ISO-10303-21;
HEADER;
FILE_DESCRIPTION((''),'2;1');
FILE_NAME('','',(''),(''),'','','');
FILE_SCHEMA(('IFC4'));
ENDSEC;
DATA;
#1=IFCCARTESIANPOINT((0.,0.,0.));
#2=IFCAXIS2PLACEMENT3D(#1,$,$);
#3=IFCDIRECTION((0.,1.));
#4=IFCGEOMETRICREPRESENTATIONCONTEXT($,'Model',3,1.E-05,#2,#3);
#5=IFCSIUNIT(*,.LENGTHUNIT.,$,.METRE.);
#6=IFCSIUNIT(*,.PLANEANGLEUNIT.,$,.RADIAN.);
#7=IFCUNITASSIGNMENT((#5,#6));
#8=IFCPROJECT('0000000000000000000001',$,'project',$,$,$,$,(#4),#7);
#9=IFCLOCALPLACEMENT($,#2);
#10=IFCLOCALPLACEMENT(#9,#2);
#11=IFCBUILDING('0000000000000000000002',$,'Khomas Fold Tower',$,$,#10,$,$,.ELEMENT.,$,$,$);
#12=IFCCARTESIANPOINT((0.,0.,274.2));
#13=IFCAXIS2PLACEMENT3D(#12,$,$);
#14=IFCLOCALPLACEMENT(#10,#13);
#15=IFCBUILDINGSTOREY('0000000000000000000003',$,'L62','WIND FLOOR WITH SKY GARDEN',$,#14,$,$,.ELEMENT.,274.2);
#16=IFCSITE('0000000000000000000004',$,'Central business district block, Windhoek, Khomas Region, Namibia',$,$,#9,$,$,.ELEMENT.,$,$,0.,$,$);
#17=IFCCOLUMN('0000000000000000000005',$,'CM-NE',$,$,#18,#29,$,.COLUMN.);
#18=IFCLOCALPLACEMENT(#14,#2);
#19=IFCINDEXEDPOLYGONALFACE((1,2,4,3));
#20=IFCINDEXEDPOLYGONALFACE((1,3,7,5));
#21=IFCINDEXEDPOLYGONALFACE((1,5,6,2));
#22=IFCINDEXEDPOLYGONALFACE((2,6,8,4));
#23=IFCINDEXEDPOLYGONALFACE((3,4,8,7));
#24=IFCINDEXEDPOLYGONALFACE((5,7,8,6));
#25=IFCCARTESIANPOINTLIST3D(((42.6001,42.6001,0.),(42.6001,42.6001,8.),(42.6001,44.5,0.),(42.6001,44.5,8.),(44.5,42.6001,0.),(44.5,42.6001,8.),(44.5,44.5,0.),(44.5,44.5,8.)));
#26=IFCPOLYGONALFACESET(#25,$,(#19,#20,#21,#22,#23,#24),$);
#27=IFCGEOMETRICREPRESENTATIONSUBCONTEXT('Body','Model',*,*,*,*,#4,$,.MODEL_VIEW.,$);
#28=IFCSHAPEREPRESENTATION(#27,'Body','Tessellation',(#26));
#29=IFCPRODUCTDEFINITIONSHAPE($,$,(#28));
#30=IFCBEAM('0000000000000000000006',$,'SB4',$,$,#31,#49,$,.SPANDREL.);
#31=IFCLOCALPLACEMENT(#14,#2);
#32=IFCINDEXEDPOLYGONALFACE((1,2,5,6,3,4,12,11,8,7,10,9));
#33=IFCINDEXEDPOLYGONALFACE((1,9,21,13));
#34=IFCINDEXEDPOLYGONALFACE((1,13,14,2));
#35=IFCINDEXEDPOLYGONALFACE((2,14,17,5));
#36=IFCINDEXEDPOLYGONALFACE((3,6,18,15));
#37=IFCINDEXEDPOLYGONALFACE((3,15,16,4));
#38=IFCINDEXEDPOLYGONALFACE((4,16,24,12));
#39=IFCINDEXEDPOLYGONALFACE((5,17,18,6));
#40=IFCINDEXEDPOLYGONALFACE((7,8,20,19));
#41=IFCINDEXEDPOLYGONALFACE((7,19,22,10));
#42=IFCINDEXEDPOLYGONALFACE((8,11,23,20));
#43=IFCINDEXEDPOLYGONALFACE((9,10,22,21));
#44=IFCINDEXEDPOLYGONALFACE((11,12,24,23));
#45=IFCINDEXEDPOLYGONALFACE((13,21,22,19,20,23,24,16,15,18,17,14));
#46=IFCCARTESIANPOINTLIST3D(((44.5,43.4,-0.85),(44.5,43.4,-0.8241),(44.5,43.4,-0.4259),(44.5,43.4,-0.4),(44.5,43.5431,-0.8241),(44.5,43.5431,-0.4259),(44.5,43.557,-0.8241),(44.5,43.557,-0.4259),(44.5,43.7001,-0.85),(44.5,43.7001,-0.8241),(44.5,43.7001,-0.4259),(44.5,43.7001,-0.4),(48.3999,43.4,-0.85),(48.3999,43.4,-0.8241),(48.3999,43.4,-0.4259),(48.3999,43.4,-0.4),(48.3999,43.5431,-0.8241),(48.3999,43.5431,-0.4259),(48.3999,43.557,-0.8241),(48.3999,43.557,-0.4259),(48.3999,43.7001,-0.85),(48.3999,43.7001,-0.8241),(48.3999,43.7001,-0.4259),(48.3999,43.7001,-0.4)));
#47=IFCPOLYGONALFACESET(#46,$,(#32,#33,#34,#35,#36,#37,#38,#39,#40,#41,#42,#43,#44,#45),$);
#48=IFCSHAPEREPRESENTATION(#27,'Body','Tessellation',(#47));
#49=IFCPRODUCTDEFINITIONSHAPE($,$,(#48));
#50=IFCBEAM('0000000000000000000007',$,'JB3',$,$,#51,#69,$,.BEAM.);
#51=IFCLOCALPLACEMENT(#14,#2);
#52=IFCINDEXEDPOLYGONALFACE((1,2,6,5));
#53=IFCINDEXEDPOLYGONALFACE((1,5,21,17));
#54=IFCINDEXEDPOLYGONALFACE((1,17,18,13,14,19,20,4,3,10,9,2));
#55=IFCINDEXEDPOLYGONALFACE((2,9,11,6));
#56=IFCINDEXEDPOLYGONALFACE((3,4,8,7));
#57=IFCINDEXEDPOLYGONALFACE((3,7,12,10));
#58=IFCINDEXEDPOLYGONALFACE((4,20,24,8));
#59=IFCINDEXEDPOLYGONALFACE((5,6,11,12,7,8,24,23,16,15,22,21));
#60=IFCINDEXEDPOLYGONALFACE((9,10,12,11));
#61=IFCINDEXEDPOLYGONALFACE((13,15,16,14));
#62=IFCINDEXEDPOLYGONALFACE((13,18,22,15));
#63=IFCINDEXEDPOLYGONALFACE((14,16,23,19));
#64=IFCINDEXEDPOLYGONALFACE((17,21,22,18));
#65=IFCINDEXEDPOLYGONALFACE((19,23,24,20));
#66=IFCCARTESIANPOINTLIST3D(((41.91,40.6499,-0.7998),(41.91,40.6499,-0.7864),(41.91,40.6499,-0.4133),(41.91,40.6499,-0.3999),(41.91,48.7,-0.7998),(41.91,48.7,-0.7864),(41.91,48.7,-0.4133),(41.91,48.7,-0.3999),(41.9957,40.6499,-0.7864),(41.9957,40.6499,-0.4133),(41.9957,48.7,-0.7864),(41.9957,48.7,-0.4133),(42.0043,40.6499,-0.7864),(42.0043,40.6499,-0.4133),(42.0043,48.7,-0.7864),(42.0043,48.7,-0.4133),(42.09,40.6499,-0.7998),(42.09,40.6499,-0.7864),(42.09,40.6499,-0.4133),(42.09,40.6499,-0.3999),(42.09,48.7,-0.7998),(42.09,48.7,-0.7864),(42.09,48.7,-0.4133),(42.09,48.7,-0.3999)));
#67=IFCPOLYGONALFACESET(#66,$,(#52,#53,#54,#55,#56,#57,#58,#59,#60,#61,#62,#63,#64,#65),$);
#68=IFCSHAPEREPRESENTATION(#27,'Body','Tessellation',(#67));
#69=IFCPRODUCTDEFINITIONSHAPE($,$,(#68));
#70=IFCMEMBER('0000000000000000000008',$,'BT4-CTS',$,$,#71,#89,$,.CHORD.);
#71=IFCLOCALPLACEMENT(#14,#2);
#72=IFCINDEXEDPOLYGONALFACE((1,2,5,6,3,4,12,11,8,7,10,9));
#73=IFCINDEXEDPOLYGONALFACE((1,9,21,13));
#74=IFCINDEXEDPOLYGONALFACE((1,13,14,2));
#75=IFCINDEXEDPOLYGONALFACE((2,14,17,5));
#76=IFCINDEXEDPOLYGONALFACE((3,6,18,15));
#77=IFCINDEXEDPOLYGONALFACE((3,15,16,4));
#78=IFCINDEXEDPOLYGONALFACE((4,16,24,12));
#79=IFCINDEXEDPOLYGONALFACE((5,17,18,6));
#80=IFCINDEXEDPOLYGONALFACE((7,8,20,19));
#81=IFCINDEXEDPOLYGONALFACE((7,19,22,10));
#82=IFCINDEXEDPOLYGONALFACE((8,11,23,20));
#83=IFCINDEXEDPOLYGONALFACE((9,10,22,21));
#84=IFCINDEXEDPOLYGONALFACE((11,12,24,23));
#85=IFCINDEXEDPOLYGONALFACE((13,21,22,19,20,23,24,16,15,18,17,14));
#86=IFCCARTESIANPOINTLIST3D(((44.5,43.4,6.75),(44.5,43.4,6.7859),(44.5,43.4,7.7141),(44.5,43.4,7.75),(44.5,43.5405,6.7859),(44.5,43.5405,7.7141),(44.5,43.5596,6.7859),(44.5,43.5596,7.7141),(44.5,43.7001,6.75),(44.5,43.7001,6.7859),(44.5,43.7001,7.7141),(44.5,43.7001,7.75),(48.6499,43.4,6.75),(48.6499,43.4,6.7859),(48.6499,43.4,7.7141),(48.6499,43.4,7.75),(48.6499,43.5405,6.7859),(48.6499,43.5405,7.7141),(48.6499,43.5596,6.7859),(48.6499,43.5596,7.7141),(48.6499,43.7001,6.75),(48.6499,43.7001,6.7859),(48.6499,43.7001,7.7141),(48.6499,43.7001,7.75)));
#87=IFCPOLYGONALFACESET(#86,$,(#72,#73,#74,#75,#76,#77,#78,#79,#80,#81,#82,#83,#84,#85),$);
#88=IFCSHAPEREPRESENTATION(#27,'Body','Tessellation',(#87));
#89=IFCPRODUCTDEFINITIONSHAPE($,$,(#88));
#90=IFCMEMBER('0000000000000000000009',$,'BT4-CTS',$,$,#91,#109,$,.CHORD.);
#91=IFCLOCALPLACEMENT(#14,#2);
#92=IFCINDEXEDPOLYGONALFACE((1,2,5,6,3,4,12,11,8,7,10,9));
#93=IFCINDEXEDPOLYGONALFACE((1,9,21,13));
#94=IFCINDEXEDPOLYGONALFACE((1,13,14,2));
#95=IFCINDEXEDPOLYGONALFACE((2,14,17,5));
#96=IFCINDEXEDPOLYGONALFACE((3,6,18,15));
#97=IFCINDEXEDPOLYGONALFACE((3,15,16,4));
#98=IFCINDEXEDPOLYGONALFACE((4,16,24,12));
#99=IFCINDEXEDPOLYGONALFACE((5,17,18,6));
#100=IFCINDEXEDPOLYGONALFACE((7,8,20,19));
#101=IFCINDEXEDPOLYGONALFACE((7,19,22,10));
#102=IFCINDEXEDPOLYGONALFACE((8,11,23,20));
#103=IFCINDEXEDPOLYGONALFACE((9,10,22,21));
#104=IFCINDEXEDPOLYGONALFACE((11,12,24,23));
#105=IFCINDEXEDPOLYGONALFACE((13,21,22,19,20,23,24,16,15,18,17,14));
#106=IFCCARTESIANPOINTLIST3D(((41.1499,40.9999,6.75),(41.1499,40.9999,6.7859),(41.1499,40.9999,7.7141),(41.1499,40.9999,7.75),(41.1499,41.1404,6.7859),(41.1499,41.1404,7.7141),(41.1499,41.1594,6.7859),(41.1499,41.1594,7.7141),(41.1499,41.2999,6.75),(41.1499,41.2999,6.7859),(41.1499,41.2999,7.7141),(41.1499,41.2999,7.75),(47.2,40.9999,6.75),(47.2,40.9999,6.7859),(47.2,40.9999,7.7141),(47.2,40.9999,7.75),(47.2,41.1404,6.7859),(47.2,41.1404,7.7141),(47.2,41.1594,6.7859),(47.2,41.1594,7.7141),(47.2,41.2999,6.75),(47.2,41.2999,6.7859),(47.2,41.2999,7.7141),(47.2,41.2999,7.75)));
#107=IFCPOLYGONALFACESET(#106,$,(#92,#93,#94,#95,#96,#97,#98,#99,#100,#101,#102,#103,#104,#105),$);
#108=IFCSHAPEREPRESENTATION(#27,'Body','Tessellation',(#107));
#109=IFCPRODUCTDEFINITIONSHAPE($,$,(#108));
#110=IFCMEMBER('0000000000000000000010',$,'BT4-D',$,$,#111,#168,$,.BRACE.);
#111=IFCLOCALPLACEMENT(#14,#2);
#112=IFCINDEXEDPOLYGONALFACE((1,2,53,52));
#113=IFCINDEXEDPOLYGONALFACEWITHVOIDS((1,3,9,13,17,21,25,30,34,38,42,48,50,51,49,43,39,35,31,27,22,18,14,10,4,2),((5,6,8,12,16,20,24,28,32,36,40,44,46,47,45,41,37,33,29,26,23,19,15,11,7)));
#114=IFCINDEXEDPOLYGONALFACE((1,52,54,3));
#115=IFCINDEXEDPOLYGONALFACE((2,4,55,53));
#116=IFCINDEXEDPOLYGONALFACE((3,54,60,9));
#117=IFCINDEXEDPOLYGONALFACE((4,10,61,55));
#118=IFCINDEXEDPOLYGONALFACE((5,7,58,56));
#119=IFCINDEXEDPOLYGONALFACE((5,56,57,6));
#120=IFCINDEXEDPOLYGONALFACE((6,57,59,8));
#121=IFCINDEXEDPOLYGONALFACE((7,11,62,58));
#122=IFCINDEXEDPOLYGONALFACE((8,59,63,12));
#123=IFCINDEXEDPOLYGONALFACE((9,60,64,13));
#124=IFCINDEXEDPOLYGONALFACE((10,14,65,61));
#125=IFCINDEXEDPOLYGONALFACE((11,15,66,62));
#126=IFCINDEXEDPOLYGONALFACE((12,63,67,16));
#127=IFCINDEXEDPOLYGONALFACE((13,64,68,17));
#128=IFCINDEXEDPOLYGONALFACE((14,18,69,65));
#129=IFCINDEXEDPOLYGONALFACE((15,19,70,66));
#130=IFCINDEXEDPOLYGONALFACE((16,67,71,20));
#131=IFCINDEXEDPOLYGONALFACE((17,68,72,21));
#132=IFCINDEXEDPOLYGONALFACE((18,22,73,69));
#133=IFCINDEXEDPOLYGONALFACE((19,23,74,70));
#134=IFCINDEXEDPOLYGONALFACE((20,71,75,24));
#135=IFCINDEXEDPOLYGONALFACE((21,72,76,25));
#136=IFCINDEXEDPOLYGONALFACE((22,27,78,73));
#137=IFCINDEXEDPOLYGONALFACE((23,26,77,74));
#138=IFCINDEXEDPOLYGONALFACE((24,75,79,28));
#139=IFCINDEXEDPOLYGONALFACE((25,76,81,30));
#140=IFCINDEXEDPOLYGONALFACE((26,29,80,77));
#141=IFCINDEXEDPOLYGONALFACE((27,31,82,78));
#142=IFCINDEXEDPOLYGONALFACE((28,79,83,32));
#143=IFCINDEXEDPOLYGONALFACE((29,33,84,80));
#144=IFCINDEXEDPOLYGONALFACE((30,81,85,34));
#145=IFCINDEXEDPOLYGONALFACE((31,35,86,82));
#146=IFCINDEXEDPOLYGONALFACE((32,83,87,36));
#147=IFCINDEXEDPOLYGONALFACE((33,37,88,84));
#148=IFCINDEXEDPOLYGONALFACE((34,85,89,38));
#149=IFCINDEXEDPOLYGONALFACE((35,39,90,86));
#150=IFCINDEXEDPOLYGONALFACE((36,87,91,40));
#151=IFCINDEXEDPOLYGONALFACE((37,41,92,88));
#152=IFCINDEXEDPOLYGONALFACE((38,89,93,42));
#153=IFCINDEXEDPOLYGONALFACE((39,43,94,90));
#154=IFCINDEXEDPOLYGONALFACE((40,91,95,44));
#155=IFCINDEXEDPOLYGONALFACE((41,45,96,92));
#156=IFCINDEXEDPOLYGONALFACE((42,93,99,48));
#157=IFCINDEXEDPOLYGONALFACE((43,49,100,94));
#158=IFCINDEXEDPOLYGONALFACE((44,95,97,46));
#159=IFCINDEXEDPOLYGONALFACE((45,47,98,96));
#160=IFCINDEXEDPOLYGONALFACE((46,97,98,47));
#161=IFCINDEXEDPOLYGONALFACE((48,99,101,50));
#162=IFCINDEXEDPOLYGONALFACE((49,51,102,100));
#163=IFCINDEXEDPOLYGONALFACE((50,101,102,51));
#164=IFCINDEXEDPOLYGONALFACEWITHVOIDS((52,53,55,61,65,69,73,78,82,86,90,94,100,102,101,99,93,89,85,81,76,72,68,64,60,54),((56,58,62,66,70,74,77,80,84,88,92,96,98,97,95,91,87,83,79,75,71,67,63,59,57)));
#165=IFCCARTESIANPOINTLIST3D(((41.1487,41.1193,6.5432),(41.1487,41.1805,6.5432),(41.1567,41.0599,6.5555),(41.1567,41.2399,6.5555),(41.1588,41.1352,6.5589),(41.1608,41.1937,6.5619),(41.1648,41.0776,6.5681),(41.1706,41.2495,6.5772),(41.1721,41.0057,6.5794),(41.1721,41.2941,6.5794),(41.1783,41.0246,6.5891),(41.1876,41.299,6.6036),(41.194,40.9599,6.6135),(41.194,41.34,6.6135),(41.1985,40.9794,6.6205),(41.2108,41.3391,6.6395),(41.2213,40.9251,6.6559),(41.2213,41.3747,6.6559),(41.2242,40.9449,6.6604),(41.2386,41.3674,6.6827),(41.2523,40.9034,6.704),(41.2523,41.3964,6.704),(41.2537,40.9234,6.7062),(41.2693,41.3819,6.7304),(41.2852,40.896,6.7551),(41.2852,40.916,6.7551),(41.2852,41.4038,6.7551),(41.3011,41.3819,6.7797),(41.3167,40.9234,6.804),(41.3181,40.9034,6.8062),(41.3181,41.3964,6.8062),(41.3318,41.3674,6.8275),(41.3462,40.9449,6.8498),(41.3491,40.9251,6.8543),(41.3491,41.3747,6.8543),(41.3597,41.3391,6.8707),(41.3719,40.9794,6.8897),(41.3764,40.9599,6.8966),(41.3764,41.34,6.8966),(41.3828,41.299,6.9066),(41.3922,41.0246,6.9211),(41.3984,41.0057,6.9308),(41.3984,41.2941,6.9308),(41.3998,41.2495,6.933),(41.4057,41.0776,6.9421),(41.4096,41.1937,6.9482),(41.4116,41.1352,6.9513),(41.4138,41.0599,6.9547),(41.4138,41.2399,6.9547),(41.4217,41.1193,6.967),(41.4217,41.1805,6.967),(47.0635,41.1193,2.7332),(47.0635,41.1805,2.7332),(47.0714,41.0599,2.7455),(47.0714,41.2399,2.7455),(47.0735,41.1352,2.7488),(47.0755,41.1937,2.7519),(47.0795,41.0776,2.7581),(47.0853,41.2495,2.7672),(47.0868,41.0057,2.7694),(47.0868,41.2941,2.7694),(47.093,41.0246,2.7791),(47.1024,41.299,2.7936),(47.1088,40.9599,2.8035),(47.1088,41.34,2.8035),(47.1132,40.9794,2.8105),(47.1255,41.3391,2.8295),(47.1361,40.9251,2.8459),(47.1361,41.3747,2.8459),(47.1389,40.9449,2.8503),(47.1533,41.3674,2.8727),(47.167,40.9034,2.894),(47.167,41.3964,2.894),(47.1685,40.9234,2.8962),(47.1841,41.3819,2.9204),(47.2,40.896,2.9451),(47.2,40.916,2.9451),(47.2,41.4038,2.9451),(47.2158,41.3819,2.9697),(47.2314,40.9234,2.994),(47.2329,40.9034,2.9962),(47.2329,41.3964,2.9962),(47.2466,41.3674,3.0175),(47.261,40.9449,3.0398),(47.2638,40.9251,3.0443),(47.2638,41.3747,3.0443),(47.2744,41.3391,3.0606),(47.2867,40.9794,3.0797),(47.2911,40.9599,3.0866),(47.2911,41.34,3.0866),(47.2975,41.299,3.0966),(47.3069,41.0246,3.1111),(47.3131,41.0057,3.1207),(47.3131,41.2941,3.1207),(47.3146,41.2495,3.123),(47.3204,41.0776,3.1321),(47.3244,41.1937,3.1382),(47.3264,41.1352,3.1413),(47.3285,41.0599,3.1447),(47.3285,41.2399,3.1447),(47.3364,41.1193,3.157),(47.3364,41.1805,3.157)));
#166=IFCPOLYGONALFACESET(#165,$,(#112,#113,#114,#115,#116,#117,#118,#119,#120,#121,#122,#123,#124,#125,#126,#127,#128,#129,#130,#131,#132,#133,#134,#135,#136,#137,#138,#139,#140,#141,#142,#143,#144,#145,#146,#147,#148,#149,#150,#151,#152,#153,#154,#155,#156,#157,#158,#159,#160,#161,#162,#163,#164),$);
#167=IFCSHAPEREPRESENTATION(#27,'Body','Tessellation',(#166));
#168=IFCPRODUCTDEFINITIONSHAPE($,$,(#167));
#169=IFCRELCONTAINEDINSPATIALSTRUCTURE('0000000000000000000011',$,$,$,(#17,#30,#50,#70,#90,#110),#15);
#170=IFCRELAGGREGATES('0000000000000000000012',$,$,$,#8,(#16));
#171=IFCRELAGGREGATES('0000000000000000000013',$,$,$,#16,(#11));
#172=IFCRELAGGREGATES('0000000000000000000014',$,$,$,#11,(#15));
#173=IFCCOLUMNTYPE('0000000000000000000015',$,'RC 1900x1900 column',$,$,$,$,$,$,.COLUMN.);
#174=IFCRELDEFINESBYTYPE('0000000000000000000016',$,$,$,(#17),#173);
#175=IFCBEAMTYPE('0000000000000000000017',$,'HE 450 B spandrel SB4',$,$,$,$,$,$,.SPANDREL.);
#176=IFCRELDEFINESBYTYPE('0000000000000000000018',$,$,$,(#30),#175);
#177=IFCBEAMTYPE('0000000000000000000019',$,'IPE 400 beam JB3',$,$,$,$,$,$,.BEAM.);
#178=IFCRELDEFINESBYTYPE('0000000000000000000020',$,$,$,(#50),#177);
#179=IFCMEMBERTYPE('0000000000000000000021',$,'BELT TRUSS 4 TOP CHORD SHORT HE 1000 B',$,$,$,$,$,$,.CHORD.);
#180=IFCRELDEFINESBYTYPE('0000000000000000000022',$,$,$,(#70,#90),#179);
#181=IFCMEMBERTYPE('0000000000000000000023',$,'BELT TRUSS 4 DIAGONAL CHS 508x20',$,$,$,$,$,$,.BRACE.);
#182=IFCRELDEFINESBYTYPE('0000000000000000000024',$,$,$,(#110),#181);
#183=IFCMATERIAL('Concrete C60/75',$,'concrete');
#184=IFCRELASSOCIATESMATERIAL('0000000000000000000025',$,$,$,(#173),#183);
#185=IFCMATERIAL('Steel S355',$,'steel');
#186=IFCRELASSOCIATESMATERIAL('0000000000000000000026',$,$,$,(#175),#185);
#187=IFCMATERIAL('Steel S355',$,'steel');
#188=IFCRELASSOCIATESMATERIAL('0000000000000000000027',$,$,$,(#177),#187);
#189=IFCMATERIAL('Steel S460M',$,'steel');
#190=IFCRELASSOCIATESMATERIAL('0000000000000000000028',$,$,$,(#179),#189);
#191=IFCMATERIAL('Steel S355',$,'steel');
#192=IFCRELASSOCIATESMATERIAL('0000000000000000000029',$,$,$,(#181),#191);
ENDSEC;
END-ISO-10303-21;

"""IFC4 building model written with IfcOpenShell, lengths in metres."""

from ifc_helpers import new_model, si_unit, direction, frame, origin, origin_2d, place, context, subcontext, project, spatial, rectangle, hollow_circle, i_section, extrude, source, transform, mapped, material, material_profile, profile_set, type_object, element, save


model = new_model("IFC4")

# Units and contexts
model_context = context("Model", 3, precision=1e-05, world=origin(), true_north=direction((0.0, 1.0)))
body_context = subcontext(model_context, "Body", "Model", "MODEL_VIEW")
ifc_project = project(units=[si_unit("LENGTHUNIT", "METRE"), si_unit("PLANEANGLEUNIT", "RADIAN")], contexts=[model_context])

# Site, building, storey
site_placement = place(None, origin())
site = spatial("IfcSite", under=ifc_project, at=site_placement, Name="Central business district block, Windhoek, Khomas Region, Namibia", CompositionType="ELEMENT", RefElevation=0.0)
building_placement = place(site_placement, origin())
building = spatial("IfcBuilding", under=site, at=building_placement, Name="Khomas Fold Tower", CompositionType="ELEMENT")
storey_placement = place(building_placement, frame((0.0, 0.0, 274.2)))
storey = spatial("IfcBuildingStorey", under=building, at=storey_placement, Name="L62", Description="WIND FLOOR WITH SKY GARDEN", CompositionType="ELEMENT", Elevation=274.2)

# Column
ifc_material_1 = material(Name="Concrete C60/75", Category="concrete")
ifc_material_profile_1 = material_profile(ifc_material_1, rectangle(XDim=1.8999, YDim=1.8999, at=origin_2d()), Name="RC 1900x1900")
ifc_profile_set_1 = profile_set([ifc_material_profile_1], Name="Concrete C60/75")
column_type = type_object("IfcColumnType", Name="RC 1900x1900 column", PredefinedType="COLUMN", material=ifc_profile_set_1)
shared_shape_1 = source(origin(), body_context, "Body", "SweptSolid", [
    extrude(rectangle(XDim=1.8999, YDim=1.8999, at=origin_2d()), origin(), (0.0, 0.0, 1.0), 8.0),
])
column_placement = place(storey_placement, frame((43.55, 43.55, 0.0), z_axis=(0.0, 0.0, 1.0), x_axis=(1.0, 0.0, 0.0)))
element("IfcColumn", 1, at=column_placement, inside=storey, type_object=column_type, Name="CM-NE", PredefinedType="COLUMN", context=body_context, shape_type="MappedRepresentation", body=[
    mapped(shared_shape_1, transform((0.0, 0.0, 0.0))),
])

# Beams
ifc_material_2 = material(Name="Steel S355", Category="steel")
ifc_material_profile_2 = material_profile(ifc_material_2, i_section(OverallWidth=0.3, OverallDepth=0.45, WebThickness=0.0139, FlangeThickness=0.0259, at=origin_2d()), Name="HE 450 B")
ifc_profile_set_2 = profile_set([ifc_material_profile_2], Name="Steel S355")
beam_type_1 = type_object("IfcBeamType", Name="HE 450 B spandrel SB4", PredefinedType="SPANDREL", material=ifc_profile_set_2)
shared_shape_2 = source(origin(), body_context, "Body", "SweptSolid", [
    extrude(i_section(OverallWidth=0.3, OverallDepth=0.45, WebThickness=0.0139, FlangeThickness=0.0259, at=origin_2d()), origin(), (0.0, 0.0, 1.0), 3.8999),
])
beam_1_placement = place(storey_placement, frame((44.5, 43.55, -0.625), z_axis=(1.0, 0.0, 0.0), x_axis=(0.0, 1.0, 0.0)))
element("IfcBeam", 2, at=beam_1_placement, inside=storey, type_object=beam_type_1, Name="SB4", PredefinedType="SPANDREL", context=body_context, shape_type="MappedRepresentation", body=[
    mapped(shared_shape_2, transform((0.0, 0.0, 0.0))),
])
ifc_material_3 = material(Name="Steel S355", Category="steel")
ifc_material_profile_3 = material_profile(ifc_material_3, i_section(OverallWidth=0.1799, OverallDepth=0.3999, WebThickness=0.0085, FlangeThickness=0.0134, at=origin_2d()), Name="IPE 400")
ifc_profile_set_3 = profile_set([ifc_material_profile_3], Name="Steel S355")
beam_type_2 = type_object("IfcBeamType", Name="IPE 400 beam JB3", PredefinedType="BEAM", material=ifc_profile_set_3)
shared_shape_3 = source(origin(), body_context, "Body", "SweptSolid", [
    extrude(i_section(OverallWidth=0.1799, OverallDepth=0.3999, WebThickness=0.0085, FlangeThickness=0.0134, at=origin_2d()), origin(), (0.0, 0.0, 1.0), 8.05),
])
beam_2_placement = place(storey_placement, frame((42.0, 40.6499, -0.5999), z_axis=(0.0, 1.0, 0.0), x_axis=(-1.0, 0.0, 0.0)))
element("IfcBeam", 3, at=beam_2_placement, inside=storey, type_object=beam_type_2, Name="JB3", PredefinedType="BEAM", context=body_context, shape_type="MappedRepresentation", body=[
    mapped(shared_shape_3, transform((0.0, 0.0, 0.0))),
])

# Members
ifc_material_4 = material(Name="Steel S460M", Category="steel")
ifc_material_profile_4 = material_profile(ifc_material_4, i_section(OverallWidth=0.3, OverallDepth=1.0, WebThickness=0.019, FlangeThickness=0.0359, at=origin_2d()), Name="HE 1000 B")
ifc_profile_set_4 = profile_set([ifc_material_profile_4], Name="Steel S460M")
member_type_1 = type_object("IfcMemberType", Name="BELT TRUSS 4 TOP CHORD SHORT HE 1000 B", PredefinedType="CHORD", material=ifc_profile_set_4)
shared_shape_4 = source(origin(), body_context, "Body", "SweptSolid", [
    extrude(i_section(OverallWidth=0.3, OverallDepth=1.0, WebThickness=0.019, FlangeThickness=0.0359, at=origin_2d()), origin(), (0.0, 0.0, 1.0), 4.1499),
])
member_1_placement = place(storey_placement, frame((48.6499, 43.55, 7.25), z_axis=(-1.0, 0.0, 0.0), x_axis=(0.0, -1.0, 0.0)))
element("IfcMember", 4, at=member_1_placement, inside=storey, type_object=member_type_1, Name="BT4-CTS", PredefinedType="CHORD", context=body_context, shape_type="MappedRepresentation", body=[
    mapped(shared_shape_4, transform((0.0, 0.0, 0.0))),
])
shared_shape_5 = source(origin(), body_context, "Body", "SweptSolid", [
    extrude(i_section(OverallWidth=0.3, OverallDepth=1.0, WebThickness=0.019, FlangeThickness=0.0359, at=origin_2d()), origin(), (0.0, 0.0, 1.0), 6.05),
])
member_2_placement = place(storey_placement, frame((47.2, 41.1499, 7.25), z_axis=(-1.0, 0.0, 0.0), x_axis=(0.0, -1.0, 0.0)))
element("IfcMember", 5, at=member_2_placement, inside=storey, type_object=member_type_1, Name="BT4-CTS", PredefinedType="CHORD", context=body_context, shape_type="MappedRepresentation", body=[
    mapped(shared_shape_5, transform((0.0, 0.0, 0.0))),
])
ifc_material_5 = material(Name="Steel S355", Category="steel")
ifc_material_profile_5 = material_profile(ifc_material_5, hollow_circle(Radius=0.2539, WallThickness=0.02, at=origin_2d()), Name="CHS 508x20")
ifc_profile_set_5 = profile_set([ifc_material_profile_5], Name="Steel S355")
member_type_2 = type_object("IfcMemberType", Name="BELT TRUSS 4 DIAGONAL CHS 508x20", PredefinedType="BRACE", material=ifc_profile_set_5)
shared_shape_6 = source(origin(), body_context, "Body", "SweptSolid", [
    extrude(hollow_circle(Radius=0.2539, WallThickness=0.02, at=origin_2d()), origin(), (0.0, 0.0, 1.0), 7.0356),
])
member_3_placement = place(storey_placement, frame((47.2, 41.1499, 2.9451), z_axis=(-0.840681, 0.0, 0.541531), x_axis=(0.0, -1.0, 0.0)))
element("IfcMember", 6, at=member_3_placement, inside=storey, type_object=member_type_2, Name="BT4-D", PredefinedType="BRACE", context=body_context, shape_type="MappedRepresentation", body=[
    mapped(shared_shape_6, transform((0.0, 0.0, 0.0))),
])

save(model, "model.ifc")
